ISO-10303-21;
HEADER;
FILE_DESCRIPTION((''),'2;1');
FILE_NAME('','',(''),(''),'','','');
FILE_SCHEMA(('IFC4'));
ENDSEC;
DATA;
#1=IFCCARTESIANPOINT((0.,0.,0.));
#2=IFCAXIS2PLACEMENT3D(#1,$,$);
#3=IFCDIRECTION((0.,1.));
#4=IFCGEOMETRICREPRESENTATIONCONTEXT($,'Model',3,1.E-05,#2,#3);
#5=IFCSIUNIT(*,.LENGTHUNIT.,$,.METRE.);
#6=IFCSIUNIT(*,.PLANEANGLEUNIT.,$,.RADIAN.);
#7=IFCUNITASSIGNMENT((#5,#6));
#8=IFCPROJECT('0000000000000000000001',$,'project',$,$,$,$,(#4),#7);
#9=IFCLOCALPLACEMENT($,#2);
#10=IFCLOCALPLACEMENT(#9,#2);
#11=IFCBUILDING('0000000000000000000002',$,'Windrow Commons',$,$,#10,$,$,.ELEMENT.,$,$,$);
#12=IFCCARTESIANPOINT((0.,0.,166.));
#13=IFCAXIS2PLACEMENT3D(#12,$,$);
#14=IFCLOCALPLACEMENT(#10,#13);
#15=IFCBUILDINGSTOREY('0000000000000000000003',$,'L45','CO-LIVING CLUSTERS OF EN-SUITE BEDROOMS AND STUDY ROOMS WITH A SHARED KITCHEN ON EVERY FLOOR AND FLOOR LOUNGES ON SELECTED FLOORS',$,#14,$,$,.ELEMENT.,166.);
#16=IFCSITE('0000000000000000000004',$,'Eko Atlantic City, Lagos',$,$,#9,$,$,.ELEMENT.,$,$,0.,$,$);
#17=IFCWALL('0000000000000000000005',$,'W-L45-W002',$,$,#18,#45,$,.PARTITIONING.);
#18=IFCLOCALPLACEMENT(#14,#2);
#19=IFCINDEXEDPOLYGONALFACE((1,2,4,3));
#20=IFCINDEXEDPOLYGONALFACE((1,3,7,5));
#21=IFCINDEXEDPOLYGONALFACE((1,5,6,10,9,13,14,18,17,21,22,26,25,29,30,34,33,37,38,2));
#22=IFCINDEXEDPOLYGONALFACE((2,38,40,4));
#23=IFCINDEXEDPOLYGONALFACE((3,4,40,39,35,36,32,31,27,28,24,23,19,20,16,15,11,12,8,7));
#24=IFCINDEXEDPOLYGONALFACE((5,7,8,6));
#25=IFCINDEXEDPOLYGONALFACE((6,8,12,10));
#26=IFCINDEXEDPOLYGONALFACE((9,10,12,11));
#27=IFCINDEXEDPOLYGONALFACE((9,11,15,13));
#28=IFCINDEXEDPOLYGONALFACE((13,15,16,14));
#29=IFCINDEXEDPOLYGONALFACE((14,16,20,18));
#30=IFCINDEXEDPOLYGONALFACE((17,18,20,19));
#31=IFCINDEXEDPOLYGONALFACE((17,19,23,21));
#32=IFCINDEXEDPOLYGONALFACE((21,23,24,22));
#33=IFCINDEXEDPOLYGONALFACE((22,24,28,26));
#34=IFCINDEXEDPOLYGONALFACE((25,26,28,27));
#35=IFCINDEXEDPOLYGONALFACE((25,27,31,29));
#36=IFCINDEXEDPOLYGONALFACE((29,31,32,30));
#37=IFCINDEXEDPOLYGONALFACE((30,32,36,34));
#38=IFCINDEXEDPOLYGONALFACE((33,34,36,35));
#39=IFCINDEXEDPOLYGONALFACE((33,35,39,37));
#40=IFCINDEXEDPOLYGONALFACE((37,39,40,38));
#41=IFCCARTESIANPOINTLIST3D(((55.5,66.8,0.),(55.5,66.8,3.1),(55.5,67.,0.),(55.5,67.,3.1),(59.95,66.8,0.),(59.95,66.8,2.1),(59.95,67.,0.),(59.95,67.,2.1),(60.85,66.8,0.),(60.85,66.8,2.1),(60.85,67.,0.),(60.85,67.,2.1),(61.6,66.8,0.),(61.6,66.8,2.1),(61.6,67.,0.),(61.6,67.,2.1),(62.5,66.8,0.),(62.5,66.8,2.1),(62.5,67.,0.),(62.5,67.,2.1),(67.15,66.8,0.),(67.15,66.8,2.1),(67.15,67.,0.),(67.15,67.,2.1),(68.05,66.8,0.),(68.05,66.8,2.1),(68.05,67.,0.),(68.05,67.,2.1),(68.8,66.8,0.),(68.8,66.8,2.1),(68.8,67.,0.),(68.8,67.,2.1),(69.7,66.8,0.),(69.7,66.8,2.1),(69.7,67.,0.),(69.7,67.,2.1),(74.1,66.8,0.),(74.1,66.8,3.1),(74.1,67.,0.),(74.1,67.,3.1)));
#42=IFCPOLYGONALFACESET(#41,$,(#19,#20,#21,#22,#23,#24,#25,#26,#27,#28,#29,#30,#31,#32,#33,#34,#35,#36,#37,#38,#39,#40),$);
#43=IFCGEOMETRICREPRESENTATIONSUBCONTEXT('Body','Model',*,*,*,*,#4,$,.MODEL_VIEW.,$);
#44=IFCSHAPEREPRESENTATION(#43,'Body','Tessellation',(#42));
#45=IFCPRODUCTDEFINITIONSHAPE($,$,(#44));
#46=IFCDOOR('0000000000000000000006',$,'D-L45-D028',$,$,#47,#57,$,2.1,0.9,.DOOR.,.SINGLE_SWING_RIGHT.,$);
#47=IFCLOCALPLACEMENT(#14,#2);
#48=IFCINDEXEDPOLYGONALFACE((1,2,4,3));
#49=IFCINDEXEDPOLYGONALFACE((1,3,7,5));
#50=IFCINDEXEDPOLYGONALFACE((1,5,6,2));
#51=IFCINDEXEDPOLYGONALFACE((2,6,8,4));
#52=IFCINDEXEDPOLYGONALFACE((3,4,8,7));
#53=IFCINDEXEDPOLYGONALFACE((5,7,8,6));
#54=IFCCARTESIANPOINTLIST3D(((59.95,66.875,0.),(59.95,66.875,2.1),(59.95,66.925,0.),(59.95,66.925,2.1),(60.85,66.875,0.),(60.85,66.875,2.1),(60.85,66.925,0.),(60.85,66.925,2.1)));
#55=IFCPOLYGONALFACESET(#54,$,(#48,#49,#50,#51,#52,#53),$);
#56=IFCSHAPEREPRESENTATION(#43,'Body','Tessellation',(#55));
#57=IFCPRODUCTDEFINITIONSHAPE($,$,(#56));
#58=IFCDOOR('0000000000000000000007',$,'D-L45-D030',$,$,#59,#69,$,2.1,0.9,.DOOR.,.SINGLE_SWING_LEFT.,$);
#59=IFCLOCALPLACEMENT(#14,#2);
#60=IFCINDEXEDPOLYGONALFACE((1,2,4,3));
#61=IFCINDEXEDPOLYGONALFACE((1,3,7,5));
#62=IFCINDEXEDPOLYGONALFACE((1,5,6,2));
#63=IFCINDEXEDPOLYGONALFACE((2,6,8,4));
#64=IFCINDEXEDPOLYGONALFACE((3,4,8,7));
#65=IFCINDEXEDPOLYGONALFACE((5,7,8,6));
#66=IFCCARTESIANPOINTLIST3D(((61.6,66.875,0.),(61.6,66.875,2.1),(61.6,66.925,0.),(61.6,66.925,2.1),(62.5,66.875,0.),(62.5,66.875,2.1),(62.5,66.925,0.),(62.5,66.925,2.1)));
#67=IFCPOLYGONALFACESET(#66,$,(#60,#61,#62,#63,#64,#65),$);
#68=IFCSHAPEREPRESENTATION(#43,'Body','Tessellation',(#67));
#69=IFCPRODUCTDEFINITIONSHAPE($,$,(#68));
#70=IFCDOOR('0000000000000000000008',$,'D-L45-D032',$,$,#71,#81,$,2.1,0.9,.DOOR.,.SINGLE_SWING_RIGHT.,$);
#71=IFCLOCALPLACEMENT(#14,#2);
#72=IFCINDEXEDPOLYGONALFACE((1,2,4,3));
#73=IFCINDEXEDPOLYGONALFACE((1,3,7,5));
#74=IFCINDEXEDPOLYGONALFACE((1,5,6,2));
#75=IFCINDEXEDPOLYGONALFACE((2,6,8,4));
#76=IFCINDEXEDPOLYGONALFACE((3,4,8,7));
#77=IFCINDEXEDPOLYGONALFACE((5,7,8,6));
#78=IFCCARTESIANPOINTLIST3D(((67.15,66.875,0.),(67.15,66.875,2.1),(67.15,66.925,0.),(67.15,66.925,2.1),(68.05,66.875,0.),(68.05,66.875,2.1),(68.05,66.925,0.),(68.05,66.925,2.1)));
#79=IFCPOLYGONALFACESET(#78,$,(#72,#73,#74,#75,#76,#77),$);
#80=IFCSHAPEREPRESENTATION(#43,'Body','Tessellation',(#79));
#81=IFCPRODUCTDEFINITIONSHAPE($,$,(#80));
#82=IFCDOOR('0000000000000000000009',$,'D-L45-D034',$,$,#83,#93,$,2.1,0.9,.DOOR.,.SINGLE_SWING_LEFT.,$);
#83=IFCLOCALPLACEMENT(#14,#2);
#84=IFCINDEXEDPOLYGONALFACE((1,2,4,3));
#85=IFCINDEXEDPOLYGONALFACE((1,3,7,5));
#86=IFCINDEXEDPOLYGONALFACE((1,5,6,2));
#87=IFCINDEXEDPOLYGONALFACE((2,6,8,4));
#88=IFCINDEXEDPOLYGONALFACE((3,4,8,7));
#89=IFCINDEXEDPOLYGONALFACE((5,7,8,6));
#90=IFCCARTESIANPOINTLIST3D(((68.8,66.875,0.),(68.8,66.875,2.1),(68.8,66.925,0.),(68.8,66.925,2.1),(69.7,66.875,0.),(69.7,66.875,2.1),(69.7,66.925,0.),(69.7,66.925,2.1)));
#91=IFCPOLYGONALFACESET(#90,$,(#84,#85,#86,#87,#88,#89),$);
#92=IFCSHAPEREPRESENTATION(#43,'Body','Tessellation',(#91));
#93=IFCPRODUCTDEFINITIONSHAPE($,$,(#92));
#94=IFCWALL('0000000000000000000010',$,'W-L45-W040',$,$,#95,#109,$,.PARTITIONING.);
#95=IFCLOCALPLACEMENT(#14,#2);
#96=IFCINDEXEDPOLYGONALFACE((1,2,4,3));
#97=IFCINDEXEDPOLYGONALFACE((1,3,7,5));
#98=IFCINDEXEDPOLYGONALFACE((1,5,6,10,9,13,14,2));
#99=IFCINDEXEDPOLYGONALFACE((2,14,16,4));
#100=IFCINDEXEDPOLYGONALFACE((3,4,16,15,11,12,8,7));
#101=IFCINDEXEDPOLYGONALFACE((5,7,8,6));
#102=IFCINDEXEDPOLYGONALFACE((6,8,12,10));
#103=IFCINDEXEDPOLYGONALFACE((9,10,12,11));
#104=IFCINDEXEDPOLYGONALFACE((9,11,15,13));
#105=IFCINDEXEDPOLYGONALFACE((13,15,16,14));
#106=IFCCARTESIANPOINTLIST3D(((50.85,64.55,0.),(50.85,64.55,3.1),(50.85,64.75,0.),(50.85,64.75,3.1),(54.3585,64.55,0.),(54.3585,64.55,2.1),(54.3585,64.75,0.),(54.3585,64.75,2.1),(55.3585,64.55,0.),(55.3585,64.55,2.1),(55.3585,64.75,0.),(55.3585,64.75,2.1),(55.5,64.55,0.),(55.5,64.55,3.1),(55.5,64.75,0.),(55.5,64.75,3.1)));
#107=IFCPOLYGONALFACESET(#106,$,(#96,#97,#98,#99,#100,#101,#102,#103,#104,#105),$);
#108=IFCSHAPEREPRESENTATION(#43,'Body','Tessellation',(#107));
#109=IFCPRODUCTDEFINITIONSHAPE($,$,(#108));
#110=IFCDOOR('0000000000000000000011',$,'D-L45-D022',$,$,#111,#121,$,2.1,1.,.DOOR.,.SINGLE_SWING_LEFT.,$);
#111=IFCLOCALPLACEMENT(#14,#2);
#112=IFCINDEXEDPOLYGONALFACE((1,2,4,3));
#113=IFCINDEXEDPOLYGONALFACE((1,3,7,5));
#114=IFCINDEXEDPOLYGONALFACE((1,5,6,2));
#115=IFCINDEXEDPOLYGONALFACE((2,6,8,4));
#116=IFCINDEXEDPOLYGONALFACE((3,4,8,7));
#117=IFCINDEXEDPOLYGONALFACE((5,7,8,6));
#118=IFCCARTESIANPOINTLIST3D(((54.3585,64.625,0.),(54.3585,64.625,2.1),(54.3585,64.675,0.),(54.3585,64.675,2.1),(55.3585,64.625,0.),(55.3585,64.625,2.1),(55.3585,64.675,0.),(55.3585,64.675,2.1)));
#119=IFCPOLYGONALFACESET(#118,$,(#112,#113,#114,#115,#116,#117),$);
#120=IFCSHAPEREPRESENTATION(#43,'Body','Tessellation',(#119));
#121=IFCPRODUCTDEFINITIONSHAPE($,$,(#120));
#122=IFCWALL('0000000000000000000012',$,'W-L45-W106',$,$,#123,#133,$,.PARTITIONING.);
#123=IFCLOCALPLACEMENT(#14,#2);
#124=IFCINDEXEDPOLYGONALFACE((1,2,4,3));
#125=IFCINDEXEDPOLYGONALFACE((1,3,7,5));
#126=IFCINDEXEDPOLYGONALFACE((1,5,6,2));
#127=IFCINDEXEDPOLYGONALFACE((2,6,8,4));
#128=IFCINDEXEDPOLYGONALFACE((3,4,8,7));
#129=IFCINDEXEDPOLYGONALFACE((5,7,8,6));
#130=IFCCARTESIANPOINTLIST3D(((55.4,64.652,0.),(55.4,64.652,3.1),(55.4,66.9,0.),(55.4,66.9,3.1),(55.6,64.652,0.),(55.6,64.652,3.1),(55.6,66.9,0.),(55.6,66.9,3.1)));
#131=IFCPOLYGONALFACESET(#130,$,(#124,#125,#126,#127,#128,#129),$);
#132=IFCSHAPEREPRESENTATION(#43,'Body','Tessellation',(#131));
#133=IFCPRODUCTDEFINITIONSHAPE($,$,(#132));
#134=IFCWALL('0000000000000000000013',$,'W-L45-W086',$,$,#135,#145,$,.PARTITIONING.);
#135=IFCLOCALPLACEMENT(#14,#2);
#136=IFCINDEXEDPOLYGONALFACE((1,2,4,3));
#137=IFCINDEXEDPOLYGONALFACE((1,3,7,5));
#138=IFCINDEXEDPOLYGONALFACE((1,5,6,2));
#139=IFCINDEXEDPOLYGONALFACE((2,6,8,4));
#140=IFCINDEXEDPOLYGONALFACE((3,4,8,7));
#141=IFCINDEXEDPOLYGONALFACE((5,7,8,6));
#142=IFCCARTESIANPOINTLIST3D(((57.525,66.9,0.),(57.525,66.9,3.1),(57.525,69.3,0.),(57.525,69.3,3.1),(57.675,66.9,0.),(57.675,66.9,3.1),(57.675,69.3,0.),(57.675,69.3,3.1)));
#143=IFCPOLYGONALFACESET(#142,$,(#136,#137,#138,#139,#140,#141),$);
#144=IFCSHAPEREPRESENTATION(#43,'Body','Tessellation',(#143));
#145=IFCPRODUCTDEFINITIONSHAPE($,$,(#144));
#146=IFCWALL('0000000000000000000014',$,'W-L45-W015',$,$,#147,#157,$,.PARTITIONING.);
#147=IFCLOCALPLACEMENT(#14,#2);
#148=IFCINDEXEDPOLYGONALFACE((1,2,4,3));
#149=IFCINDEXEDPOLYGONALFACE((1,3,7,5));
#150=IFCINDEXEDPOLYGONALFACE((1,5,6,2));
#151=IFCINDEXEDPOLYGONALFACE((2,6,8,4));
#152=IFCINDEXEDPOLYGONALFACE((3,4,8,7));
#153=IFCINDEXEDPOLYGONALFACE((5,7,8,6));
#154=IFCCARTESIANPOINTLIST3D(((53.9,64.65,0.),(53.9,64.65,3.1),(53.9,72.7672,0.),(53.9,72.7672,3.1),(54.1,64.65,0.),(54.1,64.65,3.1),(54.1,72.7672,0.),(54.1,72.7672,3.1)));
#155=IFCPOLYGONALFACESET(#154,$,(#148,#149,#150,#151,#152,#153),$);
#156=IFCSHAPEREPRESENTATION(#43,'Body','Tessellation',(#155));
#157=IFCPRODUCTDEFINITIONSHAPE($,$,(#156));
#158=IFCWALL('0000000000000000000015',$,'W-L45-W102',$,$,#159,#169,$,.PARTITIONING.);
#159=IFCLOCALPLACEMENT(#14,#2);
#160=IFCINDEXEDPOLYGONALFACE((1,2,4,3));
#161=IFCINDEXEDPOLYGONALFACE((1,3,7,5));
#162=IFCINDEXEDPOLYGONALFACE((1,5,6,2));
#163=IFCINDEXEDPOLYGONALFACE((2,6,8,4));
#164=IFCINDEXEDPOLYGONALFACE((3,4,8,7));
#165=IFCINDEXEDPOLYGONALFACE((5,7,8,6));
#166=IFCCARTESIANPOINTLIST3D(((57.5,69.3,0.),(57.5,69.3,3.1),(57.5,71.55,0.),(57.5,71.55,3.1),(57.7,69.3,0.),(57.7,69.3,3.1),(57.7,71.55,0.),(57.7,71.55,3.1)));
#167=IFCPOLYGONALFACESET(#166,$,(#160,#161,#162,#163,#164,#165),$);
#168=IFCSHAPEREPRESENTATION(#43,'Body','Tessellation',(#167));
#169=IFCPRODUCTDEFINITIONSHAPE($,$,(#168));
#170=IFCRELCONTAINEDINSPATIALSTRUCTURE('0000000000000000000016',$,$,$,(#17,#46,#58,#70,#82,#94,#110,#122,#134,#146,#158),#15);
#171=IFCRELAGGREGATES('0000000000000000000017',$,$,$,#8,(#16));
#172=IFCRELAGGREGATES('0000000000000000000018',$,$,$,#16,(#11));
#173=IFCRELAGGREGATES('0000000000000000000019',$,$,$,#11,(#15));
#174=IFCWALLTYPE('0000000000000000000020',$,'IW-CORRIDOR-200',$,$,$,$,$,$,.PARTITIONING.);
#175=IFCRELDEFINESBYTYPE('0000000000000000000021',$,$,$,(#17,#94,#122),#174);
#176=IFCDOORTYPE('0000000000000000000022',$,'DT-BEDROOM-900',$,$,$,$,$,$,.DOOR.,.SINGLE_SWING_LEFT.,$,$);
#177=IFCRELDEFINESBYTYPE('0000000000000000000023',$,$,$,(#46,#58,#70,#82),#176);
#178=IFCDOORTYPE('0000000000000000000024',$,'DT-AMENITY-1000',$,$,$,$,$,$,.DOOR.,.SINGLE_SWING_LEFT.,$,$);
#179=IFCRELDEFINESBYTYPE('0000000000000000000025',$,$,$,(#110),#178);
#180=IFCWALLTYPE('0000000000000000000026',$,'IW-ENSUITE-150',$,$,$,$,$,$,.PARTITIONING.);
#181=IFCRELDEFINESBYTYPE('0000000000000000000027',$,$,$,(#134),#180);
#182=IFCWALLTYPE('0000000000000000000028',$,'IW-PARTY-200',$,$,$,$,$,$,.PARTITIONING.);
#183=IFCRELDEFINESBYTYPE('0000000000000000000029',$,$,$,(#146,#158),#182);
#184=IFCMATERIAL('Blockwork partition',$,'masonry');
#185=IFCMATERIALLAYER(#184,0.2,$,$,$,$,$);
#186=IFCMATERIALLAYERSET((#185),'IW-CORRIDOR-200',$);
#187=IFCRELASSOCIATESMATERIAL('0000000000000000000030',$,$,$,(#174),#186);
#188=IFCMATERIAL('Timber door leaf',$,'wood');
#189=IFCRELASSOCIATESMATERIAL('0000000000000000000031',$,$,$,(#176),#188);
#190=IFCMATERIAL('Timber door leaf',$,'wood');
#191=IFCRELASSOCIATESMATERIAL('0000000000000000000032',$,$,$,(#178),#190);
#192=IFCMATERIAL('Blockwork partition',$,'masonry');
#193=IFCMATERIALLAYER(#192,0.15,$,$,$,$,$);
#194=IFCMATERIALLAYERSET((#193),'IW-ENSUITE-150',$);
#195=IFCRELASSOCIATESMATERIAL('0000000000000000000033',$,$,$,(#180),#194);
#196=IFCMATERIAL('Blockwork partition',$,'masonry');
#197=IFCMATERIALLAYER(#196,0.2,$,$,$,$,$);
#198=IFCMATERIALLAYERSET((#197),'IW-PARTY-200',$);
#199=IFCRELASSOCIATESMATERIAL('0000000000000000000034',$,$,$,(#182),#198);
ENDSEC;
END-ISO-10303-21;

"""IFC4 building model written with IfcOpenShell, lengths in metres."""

from ifc_helpers import new_model, si_unit, direction, frame, frame_2d, origin, place, context, subcontext, project, spatial, rectangle, extrude, material, layer, layer_set, type_object, element, fill, save


model = new_model("IFC4")

# Units and contexts
model_context = context("Model", 3, precision=1e-05, world=origin(), true_north=direction((0.0, 1.0)))
body_context = subcontext(model_context, "Body", "Model", "MODEL_VIEW")
ifc_project = project(units=[si_unit("LENGTHUNIT", "METRE"), si_unit("PLANEANGLEUNIT", "RADIAN")], contexts=[model_context])

# Site, building, storey
site_placement = place(None, origin())
site = spatial("IfcSite", under=ifc_project, at=site_placement, Name="Eko Atlantic City, Lagos", CompositionType="ELEMENT", RefElevation=0.0)
building_placement = place(site_placement, origin())
building = spatial("IfcBuilding", under=site, at=building_placement, Name="Windrow Commons", CompositionType="ELEMENT")
storey_placement = place(building_placement, frame((0.0, 0.0, 166.0)))
storey = spatial("IfcBuildingStorey", under=building, at=storey_placement, Name="L45", Description="CO-LIVING CLUSTERS OF EN-SUITE BEDROOMS AND STUDY ROOMS WITH A SHARED KITCHEN ON EVERY FLOOR AND FLOOR LOUNGES ON SELECTED FLOORS", CompositionType="ELEMENT", Elevation=166.0)

# Wall, openings, doors
ifc_material_1 = material(Name="Blockwork partition", Category="masonry")
ifc_layer_1 = layer(ifc_material_1, 0.2)
ifc_layer_set_1 = layer_set([ifc_layer_1], Name="IW-CORRIDOR-200")
wall_type_1 = type_object("IfcWallType", Name="IW-CORRIDOR-200", PredefinedType="PARTITIONING", material=ifc_layer_set_1)
wall_1_placement = place(storey_placement, frame((55.5, 66.9, 0.0), z_axis=(0.0, 0.0, 1.0), x_axis=(1.0, 0.0, 0.0)))
wall_1 = element("IfcWall", 1, at=wall_1_placement, inside=storey, type_object=wall_type_1, Name="W-L45-W002", PredefinedType="PARTITIONING", context=body_context, shape_type="SweptSolid", body=[
    extrude(rectangle(XDim=18.6, YDim=0.2, at=frame_2d((9.3, 0.0))), origin(), (0.0, 0.0, 1.0), 3.1),
])
opening_1_placement = place(wall_1_placement, frame((4.45, 0.0, 0.0)))
opening_1 = element("IfcOpeningElement", 2, at=opening_1_placement, cuts=wall_1, PredefinedType="OPENING", context=body_context, shape_type="SweptSolid", body=[
    extrude(rectangle(XDim=0.9, YDim=2.1, at=frame_2d((0.45, 1.05))), frame((0.0, 0.11, 0.0), z_axis=(0.0, -1.0, 0.0), x_axis=(1.0, 0.0, 0.0)), (0.0, 0.0, 1.0), 0.22),
])
opening_2_placement = place(wall_1_placement, frame((6.1, 0.0, 0.0)))
opening_2 = element("IfcOpeningElement", 3, at=opening_2_placement, cuts=wall_1, PredefinedType="OPENING", context=body_context, shape_type="SweptSolid", body=[
    extrude(rectangle(XDim=0.9, YDim=2.1, at=frame_2d((0.45, 1.05))), frame((0.0, 0.11, 0.0), z_axis=(0.0, -1.0, 0.0), x_axis=(1.0, 0.0, 0.0)), (0.0, 0.0, 1.0), 0.22),
])
opening_3_placement = place(wall_1_placement, frame((11.65, 0.0, 0.0)))
opening_3 = element("IfcOpeningElement", 4, at=opening_3_placement, cuts=wall_1, PredefinedType="OPENING", context=body_context, shape_type="SweptSolid", body=[
    extrude(rectangle(XDim=0.9, YDim=2.1, at=frame_2d((0.45, 1.05))), frame((0.0, 0.11, 0.0), z_axis=(0.0, -1.0, 0.0), x_axis=(1.0, 0.0, 0.0)), (0.0, 0.0, 1.0), 0.22),
])
opening_4_placement = place(wall_1_placement, frame((13.3, 0.0, 0.0)))
opening_4 = element("IfcOpeningElement", 5, at=opening_4_placement, cuts=wall_1, PredefinedType="OPENING", context=body_context, shape_type="SweptSolid", body=[
    extrude(rectangle(XDim=0.9, YDim=2.1, at=frame_2d((0.45, 1.05))), frame((0.0, 0.11, 0.0), z_axis=(0.0, -1.0, 0.0), x_axis=(1.0, 0.0, 0.0)), (0.0, 0.0, 1.0), 0.22),
])
ifc_material_2 = material(Name="Timber door leaf", Category="wood")
door_type_1 = type_object("IfcDoorType", Name="DT-BEDROOM-900", OperationType="SINGLE_SWING_LEFT", PredefinedType="DOOR", material=ifc_material_2)
door_1_placement = place(opening_1_placement, origin())
door_1 = element("IfcDoor", 6, at=door_1_placement, inside=storey, type_object=door_type_1, Name="D-L45-D028", OperationType="SINGLE_SWING_RIGHT", OverallHeight=2.1, OverallWidth=0.9, PredefinedType="DOOR", context=body_context, shape_type="SweptSolid", body=[
    extrude(rectangle(XDim=0.9, YDim=2.1, at=frame_2d((0.45, 1.05))), frame((0.0, 0.025, 0.0), z_axis=(0.0, -1.0, 0.0), x_axis=(1.0, 0.0, 0.0)), (0.0, 0.0, 1.0), 0.05),
])
fill(opening_1, door_1)
door_2_placement = place(opening_2_placement, origin())
door_2 = element("IfcDoor", 7, at=door_2_placement, inside=storey, type_object=door_type_1, Name="D-L45-D030", OperationType="SINGLE_SWING_LEFT", OverallHeight=2.1, OverallWidth=0.9, PredefinedType="DOOR", context=body_context, shape_type="SweptSolid", body=[
    extrude(rectangle(XDim=0.9, YDim=2.1, at=frame_2d((0.45, 1.05))), frame((0.0, 0.025, 0.0), z_axis=(0.0, -1.0, 0.0), x_axis=(1.0, 0.0, 0.0)), (0.0, 0.0, 1.0), 0.05),
])
fill(opening_2, door_2)
door_3_placement = place(opening_3_placement, origin())
door_3 = element("IfcDoor", 8, at=door_3_placement, inside=storey, type_object=door_type_1, Name="D-L45-D032", OperationType="SINGLE_SWING_RIGHT", OverallHeight=2.1, OverallWidth=0.9, PredefinedType="DOOR", context=body_context, shape_type="SweptSolid", body=[
    extrude(rectangle(XDim=0.9, YDim=2.1, at=frame_2d((0.45, 1.05))), frame((0.0, 0.025, 0.0), z_axis=(0.0, -1.0, 0.0), x_axis=(1.0, 0.0, 0.0)), (0.0, 0.0, 1.0), 0.05),
])
fill(opening_3, door_3)
door_4_placement = place(opening_4_placement, origin())
door_4 = element("IfcDoor", 9, at=door_4_placement, inside=storey, type_object=door_type_1, Name="D-L45-D034", OperationType="SINGLE_SWING_LEFT", OverallHeight=2.1, OverallWidth=0.9, PredefinedType="DOOR", context=body_context, shape_type="SweptSolid", body=[
    extrude(rectangle(XDim=0.9, YDim=2.1, at=frame_2d((0.45, 1.05))), frame((0.0, 0.025, 0.0), z_axis=(0.0, -1.0, 0.0), x_axis=(1.0, 0.0, 0.0)), (0.0, 0.0, 1.0), 0.05),
])
fill(opening_4, door_4)

# Wall, opening, door
wall_2_placement = place(storey_placement, frame((50.85, 64.65, 0.0), z_axis=(0.0, 0.0, 1.0), x_axis=(1.0, 0.0, 0.0)))
wall_2 = element("IfcWall", 10, at=wall_2_placement, inside=storey, type_object=wall_type_1, Name="W-L45-W040", PredefinedType="PARTITIONING", context=body_context, shape_type="SweptSolid", body=[
    extrude(rectangle(XDim=4.65, YDim=0.2, at=frame_2d((2.325, 0.0))), origin(), (0.0, 0.0, 1.0), 3.1),
])
opening_5_placement = place(wall_2_placement, frame((3.5085, 0.0, 0.0)))
opening_5 = element("IfcOpeningElement", 11, at=opening_5_placement, cuts=wall_2, PredefinedType="OPENING", context=body_context, shape_type="SweptSolid", body=[
    extrude(rectangle(XDim=1.0, YDim=2.1, at=frame_2d((0.5, 1.05))), frame((0.0, 0.11, 0.0), z_axis=(0.0, -1.0, 0.0), x_axis=(1.0, 0.0, 0.0)), (0.0, 0.0, 1.0), 0.22),
])
ifc_material_3 = material(Name="Timber door leaf", Category="wood")
door_type_2 = type_object("IfcDoorType", Name="DT-AMENITY-1000", OperationType="SINGLE_SWING_LEFT", PredefinedType="DOOR", material=ifc_material_3)
door_5_placement = place(opening_5_placement, origin())
door_5 = element("IfcDoor", 12, at=door_5_placement, inside=storey, type_object=door_type_2, Name="D-L45-D022", OperationType="SINGLE_SWING_LEFT", OverallHeight=2.1, OverallWidth=1.0, PredefinedType="DOOR", context=body_context, shape_type="SweptSolid", body=[
    extrude(rectangle(XDim=1.0, YDim=2.1, at=frame_2d((0.5, 1.05))), frame((0.0, 0.025, 0.0), z_axis=(0.0, -1.0, 0.0), x_axis=(1.0, 0.0, 0.0)), (0.0, 0.0, 1.0), 0.05),
])
fill(opening_5, door_5)

# Walls
wall_3_placement = place(storey_placement, frame((55.5, 64.652, 0.0), z_axis=(0.0, 0.0, 1.0), x_axis=(0.0, 1.0, 0.0)))
element("IfcWall", 13, at=wall_3_placement, inside=storey, type_object=wall_type_1, Name="W-L45-W106", PredefinedType="PARTITIONING", context=body_context, shape_type="SweptSolid", body=[
    extrude(rectangle(XDim=2.248, YDim=0.2, at=frame_2d((1.124, 0.0))), origin(), (0.0, 0.0, 1.0), 3.1),
])
ifc_material_4 = material(Name="Blockwork partition", Category="masonry")
ifc_layer_2 = layer(ifc_material_4, 0.15)
ifc_layer_set_2 = layer_set([ifc_layer_2], Name="IW-ENSUITE-150")
wall_type_2 = type_object("IfcWallType", Name="IW-ENSUITE-150", PredefinedType="PARTITIONING", material=ifc_layer_set_2)
wall_4_placement = place(storey_placement, frame((57.6, 66.9, 0.0), z_axis=(0.0, 0.0, 1.0), x_axis=(0.0, 1.0, 0.0)))
element("IfcWall", 14, at=wall_4_placement, inside=storey, type_object=wall_type_2, Name="W-L45-W086", PredefinedType="PARTITIONING", context=body_context, shape_type="SweptSolid", body=[
    extrude(rectangle(XDim=2.4, YDim=0.15, at=frame_2d((1.2, 0.0))), origin(), (0.0, 0.0, 1.0), 3.1),
])
ifc_material_5 = material(Name="Blockwork partition", Category="masonry")
ifc_layer_3 = layer(ifc_material_5, 0.2)
ifc_layer_set_3 = layer_set([ifc_layer_3], Name="IW-PARTY-200")
wall_type_3 = type_object("IfcWallType", Name="IW-PARTY-200", PredefinedType="PARTITIONING", material=ifc_layer_set_3)
wall_5_placement = place(storey_placement, frame((54.0, 64.65, 0.0), z_axis=(0.0, 0.0, 1.0), x_axis=(0.0, 1.0, 0.0)))
element("IfcWall", 15, at=wall_5_placement, inside=storey, type_object=wall_type_3, Name="W-L45-W015", PredefinedType="PARTITIONING", context=body_context, shape_type="SweptSolid", body=[
    extrude(rectangle(XDim=8.1172, YDim=0.2, at=frame_2d((4.0586, 0.0))), origin(), (0.0, 0.0, 1.0), 3.1),
])
wall_6_placement = place(storey_placement, frame((57.6, 69.3, 0.0), z_axis=(0.0, 0.0, 1.0), x_axis=(0.0, 1.0, 0.0)))
element("IfcWall", 16, at=wall_6_placement, inside=storey, type_object=wall_type_3, Name="W-L45-W102", PredefinedType="PARTITIONING", context=body_context, shape_type="SweptSolid", body=[
    extrude(rectangle(XDim=2.25, YDim=0.2, at=frame_2d((1.125, 0.0))), origin(), (0.0, 0.0, 1.0), 3.1),
])

save(model, "model.ifc")
